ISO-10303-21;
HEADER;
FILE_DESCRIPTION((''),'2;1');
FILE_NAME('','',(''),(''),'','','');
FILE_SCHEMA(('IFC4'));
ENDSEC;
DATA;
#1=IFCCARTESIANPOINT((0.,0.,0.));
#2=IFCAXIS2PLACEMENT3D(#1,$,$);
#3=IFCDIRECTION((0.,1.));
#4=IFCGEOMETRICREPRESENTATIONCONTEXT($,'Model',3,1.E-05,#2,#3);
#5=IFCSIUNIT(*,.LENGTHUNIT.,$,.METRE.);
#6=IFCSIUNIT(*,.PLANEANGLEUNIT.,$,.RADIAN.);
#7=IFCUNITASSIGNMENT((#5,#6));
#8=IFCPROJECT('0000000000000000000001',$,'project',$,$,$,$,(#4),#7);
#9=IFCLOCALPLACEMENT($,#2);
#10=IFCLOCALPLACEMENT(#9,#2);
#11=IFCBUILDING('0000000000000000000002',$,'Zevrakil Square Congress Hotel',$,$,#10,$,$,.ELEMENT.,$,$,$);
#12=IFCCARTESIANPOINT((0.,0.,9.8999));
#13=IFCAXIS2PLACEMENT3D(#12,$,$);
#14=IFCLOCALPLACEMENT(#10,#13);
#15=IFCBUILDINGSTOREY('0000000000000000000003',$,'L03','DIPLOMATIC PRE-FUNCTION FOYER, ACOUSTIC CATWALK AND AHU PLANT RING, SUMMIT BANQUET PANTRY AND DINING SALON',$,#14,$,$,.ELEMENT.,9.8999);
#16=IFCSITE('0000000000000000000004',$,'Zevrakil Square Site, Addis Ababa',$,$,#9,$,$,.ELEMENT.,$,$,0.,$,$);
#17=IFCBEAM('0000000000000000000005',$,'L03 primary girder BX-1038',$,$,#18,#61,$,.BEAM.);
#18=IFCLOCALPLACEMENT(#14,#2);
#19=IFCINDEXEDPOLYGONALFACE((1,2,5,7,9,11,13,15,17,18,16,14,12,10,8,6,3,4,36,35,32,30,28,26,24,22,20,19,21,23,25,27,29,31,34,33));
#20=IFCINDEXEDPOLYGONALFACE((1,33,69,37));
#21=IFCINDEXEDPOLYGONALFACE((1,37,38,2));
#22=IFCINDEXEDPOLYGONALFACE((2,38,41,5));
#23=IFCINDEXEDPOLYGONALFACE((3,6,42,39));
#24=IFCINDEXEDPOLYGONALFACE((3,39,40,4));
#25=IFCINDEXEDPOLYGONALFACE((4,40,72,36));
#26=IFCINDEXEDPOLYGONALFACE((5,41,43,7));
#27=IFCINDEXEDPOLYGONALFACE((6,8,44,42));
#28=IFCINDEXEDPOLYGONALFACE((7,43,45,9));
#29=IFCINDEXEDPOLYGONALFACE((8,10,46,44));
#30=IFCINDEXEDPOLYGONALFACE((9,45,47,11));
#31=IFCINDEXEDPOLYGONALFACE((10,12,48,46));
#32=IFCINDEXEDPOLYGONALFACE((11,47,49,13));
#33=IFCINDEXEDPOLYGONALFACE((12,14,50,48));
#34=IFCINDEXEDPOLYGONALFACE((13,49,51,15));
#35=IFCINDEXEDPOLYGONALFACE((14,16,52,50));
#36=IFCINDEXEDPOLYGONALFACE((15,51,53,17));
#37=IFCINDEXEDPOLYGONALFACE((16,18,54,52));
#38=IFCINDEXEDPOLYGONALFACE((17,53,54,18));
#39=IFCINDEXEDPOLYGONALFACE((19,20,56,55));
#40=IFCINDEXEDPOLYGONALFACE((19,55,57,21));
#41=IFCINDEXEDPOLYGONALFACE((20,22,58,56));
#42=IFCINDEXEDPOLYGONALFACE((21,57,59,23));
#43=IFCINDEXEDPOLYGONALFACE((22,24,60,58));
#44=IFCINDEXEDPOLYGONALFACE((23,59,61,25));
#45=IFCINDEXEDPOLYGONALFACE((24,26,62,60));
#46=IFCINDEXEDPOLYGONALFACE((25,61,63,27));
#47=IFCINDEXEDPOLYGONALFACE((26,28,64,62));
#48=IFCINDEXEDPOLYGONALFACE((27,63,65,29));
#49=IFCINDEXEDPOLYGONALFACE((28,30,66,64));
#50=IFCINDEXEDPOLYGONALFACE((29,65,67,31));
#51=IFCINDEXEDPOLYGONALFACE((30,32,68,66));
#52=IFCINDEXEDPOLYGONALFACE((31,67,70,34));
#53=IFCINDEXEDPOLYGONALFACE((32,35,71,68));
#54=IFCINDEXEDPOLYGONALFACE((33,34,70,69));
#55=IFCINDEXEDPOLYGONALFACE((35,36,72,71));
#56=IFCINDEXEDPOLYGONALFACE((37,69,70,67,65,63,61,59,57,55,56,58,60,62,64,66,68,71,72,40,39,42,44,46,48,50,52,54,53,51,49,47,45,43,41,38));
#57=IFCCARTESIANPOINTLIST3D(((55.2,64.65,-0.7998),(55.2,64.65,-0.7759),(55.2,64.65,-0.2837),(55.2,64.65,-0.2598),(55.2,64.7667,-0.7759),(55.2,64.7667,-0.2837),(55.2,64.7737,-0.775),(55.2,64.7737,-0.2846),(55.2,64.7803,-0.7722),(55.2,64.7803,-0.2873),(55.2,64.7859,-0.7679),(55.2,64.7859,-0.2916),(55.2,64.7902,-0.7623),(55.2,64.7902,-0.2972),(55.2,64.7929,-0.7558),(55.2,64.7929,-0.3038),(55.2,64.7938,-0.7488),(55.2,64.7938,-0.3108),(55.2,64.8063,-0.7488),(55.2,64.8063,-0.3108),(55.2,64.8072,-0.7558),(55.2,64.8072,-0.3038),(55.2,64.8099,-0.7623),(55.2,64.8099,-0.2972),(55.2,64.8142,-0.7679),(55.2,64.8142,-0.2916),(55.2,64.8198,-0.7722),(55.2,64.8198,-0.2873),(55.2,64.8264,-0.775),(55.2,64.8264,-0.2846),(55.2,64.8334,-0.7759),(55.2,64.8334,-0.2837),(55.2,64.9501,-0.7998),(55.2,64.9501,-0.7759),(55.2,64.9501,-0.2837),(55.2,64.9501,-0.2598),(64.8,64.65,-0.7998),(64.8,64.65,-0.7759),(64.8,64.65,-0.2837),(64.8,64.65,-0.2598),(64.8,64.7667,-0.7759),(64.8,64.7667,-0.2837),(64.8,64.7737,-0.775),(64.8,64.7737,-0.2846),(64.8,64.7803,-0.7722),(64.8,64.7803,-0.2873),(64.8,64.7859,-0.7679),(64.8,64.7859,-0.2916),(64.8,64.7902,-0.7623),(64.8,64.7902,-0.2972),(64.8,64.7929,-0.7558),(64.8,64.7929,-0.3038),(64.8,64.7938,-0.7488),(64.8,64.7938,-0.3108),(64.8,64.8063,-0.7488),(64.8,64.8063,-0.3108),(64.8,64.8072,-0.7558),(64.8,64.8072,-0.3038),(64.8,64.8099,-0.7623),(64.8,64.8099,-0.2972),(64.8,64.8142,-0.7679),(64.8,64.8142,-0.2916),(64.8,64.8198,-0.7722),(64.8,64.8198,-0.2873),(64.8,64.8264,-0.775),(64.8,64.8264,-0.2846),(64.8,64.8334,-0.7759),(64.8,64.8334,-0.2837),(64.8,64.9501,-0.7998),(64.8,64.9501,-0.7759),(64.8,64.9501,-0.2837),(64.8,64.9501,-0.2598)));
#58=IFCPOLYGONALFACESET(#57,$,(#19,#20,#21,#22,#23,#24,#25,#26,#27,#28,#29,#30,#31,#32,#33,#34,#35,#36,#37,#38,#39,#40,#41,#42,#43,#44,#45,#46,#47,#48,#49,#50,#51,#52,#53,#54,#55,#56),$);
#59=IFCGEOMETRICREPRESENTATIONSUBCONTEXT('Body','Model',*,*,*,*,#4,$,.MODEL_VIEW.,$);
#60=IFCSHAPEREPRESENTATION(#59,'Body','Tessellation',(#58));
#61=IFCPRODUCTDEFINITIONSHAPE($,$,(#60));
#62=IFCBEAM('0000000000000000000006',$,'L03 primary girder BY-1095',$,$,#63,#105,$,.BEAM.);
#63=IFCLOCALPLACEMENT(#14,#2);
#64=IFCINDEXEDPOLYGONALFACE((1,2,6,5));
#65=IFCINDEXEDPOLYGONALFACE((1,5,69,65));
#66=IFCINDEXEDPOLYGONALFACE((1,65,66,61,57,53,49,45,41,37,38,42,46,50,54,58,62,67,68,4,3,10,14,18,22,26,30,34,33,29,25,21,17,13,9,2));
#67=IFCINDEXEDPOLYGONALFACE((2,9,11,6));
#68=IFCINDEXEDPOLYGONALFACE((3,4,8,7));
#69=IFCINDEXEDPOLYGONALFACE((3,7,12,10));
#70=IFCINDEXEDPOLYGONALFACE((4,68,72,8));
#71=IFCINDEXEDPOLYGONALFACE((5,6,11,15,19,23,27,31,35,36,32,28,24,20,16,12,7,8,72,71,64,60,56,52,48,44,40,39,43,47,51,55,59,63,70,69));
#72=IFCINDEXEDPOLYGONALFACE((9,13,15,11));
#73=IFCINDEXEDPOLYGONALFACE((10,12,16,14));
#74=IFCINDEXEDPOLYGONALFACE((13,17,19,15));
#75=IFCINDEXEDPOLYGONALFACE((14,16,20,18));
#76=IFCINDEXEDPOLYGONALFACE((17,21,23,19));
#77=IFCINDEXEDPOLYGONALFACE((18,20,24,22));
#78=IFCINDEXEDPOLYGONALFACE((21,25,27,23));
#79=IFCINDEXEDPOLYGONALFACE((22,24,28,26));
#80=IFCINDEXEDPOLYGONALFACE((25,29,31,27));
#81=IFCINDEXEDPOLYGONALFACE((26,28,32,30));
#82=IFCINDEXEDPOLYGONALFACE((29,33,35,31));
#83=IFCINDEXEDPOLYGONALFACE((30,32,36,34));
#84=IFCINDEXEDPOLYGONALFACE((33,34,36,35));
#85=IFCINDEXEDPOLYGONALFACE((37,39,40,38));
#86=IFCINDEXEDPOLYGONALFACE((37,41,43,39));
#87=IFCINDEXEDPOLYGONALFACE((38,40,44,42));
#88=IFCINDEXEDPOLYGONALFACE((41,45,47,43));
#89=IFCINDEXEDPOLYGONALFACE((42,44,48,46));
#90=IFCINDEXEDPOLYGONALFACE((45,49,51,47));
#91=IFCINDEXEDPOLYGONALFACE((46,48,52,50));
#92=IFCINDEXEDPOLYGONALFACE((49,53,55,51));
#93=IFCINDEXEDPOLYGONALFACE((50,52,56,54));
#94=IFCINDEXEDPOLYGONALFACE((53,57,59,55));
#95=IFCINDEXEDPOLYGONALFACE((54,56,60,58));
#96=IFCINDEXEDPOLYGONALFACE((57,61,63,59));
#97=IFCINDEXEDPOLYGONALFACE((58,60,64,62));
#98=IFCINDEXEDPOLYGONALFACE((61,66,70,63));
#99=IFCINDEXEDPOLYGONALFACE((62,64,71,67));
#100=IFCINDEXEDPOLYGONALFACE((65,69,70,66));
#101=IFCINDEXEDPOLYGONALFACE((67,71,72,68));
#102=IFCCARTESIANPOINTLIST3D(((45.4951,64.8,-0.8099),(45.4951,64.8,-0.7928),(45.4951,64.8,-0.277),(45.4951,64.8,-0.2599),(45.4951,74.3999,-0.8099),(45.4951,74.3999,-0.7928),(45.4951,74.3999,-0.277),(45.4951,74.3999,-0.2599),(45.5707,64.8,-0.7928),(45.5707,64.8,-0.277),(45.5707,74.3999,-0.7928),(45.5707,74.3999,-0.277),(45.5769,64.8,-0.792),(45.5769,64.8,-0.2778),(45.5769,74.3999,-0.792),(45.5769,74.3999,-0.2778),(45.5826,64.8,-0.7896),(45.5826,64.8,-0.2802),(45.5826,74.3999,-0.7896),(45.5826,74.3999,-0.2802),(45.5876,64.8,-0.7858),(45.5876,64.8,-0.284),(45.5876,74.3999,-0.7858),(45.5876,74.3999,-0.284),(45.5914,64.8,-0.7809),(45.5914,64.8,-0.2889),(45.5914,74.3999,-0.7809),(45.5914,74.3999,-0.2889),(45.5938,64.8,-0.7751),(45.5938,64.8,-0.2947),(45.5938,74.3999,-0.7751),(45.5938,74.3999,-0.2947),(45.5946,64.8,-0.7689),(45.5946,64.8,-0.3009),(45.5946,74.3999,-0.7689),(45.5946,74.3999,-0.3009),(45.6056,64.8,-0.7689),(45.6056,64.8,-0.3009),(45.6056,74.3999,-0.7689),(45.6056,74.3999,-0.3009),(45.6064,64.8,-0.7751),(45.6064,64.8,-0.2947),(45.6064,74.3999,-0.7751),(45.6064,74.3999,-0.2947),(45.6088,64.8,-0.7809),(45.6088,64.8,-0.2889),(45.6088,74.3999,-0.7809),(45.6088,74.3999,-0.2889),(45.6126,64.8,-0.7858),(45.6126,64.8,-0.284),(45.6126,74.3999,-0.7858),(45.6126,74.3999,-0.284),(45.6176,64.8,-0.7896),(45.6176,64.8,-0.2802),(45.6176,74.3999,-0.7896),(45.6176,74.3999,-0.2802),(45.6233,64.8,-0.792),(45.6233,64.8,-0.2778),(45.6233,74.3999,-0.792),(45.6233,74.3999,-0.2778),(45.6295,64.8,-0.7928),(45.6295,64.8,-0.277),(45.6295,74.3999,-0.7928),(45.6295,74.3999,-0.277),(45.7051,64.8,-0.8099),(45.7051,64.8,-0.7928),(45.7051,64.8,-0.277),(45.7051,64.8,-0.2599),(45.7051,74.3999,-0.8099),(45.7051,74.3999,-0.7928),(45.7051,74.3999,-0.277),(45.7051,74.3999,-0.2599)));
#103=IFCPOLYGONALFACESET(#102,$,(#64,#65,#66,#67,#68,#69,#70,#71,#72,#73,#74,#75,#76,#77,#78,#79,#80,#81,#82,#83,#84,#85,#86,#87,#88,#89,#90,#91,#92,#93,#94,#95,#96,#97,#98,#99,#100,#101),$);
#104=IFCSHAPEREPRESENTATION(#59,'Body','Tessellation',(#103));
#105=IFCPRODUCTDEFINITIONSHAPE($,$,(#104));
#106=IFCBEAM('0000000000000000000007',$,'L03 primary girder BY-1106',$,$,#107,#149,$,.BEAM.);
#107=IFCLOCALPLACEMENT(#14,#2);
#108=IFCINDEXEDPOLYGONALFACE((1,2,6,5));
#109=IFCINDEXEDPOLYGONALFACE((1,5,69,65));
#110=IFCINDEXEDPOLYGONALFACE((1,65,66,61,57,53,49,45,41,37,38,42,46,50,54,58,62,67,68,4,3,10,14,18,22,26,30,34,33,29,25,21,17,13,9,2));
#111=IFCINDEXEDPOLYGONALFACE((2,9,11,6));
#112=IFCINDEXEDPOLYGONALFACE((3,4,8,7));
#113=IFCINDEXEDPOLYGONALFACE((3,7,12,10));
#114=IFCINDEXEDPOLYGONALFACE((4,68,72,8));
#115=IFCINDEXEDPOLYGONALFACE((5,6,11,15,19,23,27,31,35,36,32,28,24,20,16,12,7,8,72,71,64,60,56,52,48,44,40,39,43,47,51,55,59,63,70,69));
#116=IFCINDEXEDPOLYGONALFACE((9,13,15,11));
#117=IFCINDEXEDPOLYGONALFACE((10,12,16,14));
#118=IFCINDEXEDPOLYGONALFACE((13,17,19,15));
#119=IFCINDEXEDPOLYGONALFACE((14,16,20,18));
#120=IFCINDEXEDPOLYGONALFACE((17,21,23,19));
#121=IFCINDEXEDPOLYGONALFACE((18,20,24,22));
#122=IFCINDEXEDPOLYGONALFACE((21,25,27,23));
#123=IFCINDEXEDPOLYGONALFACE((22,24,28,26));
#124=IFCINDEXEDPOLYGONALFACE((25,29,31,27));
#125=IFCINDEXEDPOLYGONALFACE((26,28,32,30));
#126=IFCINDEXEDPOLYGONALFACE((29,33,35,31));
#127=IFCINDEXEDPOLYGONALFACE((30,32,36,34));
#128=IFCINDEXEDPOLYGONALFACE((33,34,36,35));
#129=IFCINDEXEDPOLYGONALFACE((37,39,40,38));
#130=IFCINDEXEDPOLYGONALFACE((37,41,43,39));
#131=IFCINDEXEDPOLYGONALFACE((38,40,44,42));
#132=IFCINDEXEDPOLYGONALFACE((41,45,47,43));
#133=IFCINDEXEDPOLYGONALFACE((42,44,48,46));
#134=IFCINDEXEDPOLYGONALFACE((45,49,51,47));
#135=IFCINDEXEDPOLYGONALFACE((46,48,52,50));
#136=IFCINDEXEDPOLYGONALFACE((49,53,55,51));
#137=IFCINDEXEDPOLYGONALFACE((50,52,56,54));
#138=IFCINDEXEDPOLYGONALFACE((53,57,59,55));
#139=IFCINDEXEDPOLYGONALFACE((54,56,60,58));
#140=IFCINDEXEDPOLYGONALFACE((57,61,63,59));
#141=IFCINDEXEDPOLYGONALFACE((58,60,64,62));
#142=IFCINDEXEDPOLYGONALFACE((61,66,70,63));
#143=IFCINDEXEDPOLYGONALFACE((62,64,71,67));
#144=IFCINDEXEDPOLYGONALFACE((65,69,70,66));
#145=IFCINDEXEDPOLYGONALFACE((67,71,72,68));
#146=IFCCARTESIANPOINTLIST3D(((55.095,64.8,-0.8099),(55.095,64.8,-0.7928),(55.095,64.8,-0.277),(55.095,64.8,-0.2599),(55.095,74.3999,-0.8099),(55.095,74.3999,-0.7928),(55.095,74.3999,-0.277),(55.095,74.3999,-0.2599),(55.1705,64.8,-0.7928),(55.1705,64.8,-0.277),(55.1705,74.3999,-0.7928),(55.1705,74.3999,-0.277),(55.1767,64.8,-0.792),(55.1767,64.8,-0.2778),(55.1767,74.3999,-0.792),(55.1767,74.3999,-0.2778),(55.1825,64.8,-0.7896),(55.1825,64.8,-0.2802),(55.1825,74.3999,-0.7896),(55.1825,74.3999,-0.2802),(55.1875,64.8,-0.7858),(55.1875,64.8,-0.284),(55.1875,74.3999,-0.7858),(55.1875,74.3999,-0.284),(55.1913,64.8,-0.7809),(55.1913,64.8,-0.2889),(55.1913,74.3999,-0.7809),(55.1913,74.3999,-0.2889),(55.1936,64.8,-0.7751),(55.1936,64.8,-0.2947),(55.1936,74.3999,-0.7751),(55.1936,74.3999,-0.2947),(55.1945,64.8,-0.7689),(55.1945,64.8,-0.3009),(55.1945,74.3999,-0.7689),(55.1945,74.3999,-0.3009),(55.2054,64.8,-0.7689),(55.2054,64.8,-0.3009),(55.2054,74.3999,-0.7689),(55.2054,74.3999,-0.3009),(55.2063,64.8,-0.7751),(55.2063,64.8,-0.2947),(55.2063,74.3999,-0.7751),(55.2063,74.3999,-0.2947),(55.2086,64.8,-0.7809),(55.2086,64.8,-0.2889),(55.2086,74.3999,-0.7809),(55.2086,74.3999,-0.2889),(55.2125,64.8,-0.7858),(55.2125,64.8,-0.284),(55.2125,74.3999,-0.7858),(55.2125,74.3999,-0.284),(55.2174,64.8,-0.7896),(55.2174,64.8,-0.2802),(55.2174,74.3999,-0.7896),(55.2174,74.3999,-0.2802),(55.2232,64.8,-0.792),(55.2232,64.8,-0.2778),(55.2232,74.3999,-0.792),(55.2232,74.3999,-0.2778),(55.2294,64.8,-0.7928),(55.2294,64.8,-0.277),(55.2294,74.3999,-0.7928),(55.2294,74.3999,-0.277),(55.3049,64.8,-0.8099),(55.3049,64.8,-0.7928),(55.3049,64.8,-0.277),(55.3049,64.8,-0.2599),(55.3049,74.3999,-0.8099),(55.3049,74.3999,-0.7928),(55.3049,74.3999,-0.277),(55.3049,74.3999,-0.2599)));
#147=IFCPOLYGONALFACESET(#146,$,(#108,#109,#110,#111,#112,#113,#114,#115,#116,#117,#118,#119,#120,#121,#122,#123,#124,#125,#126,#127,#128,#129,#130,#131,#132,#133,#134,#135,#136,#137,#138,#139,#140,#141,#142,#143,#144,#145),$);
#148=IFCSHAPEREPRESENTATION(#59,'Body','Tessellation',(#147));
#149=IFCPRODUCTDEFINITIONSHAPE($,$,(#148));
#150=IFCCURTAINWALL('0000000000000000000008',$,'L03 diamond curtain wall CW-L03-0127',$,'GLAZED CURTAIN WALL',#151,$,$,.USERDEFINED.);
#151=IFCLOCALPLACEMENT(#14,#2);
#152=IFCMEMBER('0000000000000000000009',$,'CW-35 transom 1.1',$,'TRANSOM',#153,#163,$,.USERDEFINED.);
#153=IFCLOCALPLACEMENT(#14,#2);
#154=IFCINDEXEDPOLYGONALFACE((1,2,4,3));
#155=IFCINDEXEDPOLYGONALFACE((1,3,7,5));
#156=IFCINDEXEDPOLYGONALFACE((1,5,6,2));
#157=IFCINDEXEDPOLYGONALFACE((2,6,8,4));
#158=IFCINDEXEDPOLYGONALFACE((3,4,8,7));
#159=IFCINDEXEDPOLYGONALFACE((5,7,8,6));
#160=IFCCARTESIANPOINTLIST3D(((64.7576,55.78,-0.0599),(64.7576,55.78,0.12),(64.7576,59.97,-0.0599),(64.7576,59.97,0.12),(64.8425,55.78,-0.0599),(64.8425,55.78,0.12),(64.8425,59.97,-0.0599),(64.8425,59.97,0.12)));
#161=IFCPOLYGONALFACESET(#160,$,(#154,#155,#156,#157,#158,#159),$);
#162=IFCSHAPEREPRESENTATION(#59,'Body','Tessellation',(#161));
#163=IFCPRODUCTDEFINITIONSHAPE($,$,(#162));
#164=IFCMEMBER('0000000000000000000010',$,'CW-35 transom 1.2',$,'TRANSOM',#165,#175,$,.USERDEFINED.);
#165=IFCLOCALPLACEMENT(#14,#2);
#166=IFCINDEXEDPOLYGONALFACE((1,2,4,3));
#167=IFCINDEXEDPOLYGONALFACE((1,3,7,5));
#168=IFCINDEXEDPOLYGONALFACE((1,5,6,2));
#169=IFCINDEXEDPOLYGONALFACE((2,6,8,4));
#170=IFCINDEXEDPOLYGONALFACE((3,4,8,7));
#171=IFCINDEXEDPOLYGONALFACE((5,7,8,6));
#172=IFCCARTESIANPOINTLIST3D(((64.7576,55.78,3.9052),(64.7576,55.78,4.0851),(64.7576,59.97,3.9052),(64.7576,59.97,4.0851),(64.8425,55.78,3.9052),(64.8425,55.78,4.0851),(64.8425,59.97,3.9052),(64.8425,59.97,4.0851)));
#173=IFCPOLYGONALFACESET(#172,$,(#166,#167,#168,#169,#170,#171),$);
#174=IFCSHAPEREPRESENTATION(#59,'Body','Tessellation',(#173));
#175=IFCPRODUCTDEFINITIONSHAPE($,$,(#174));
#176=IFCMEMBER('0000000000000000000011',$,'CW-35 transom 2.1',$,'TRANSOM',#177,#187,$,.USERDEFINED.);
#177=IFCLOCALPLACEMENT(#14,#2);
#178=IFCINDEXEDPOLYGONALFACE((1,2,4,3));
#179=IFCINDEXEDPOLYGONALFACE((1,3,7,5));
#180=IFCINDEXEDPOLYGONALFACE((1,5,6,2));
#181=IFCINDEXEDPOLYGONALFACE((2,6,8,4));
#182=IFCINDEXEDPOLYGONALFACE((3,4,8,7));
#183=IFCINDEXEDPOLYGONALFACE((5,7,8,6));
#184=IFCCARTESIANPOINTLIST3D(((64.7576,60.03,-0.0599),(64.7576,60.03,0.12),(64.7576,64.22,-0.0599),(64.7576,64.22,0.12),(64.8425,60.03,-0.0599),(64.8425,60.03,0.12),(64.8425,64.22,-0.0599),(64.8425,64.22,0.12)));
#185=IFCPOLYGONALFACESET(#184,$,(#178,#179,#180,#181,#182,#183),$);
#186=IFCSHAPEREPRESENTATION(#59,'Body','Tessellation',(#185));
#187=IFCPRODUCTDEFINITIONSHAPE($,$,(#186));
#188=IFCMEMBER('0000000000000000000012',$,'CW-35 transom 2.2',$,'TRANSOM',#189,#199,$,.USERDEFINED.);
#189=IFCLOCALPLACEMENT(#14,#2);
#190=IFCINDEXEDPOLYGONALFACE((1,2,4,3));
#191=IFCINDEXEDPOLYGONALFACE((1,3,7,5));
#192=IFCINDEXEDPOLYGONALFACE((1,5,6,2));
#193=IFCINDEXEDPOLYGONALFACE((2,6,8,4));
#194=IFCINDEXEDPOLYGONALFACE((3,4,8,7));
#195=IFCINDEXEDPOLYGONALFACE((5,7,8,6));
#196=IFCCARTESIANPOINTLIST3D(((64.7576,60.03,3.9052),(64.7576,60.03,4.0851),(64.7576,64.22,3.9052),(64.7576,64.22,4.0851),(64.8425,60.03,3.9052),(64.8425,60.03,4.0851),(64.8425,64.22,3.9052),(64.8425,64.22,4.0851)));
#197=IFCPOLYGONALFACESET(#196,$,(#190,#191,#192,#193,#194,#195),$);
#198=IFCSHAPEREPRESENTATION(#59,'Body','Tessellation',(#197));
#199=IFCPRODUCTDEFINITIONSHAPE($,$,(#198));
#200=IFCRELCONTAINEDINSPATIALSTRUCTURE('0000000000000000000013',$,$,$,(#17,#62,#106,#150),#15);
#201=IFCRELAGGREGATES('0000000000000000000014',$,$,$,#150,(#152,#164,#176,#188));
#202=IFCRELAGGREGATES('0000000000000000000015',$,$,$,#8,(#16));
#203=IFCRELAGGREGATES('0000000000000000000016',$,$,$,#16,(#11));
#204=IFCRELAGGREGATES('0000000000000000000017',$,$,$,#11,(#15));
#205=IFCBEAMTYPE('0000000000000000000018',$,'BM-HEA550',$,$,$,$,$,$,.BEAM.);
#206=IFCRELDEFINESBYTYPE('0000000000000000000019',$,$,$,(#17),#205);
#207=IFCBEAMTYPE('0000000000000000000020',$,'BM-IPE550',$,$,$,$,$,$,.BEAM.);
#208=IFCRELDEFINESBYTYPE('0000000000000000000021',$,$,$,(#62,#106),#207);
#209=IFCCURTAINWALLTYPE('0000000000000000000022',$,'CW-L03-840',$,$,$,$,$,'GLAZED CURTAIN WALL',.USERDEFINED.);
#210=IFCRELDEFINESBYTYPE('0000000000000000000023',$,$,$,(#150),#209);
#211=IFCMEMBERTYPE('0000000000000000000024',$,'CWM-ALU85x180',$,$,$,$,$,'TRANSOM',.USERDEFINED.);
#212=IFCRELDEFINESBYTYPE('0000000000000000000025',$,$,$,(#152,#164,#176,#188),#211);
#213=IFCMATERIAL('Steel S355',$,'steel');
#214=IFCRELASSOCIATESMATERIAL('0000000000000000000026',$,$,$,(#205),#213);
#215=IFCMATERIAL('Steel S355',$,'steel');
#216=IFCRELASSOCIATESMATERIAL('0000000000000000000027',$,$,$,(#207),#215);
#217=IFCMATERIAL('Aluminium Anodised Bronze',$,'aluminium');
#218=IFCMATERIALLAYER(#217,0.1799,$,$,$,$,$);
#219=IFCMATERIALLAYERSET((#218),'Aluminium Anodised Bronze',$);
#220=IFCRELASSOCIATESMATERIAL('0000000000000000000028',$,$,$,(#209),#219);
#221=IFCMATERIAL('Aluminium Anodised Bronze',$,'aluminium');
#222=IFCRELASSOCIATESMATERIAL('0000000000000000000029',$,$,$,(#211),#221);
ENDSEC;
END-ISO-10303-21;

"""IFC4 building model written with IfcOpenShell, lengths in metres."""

from ifc_helpers import new_model, si_unit, direction, frame, origin, origin_2d, place, context, subcontext, project, spatial, rectangle, i_section, extrude, material, layer, layer_set, material_profile, profile_set, type_object, element, aggregate, save


model = new_model("IFC4")

# Units and contexts
model_context = context("Model", 3, precision=1e-05, world=origin(), true_north=direction((0.0, 1.0)))
body_context = subcontext(model_context, "Body", "Model", "MODEL_VIEW")
ifc_project = project(units=[si_unit("LENGTHUNIT", "METRE"), si_unit("PLANEANGLEUNIT", "RADIAN")], contexts=[model_context])

# Site, building, storey
site_placement = place(None, origin())
site = spatial("IfcSite", under=ifc_project, at=site_placement, Name="Zevrakil Square Site, Addis Ababa", CompositionType="ELEMENT", RefElevation=0.0)
building_placement = place(site_placement, origin())
building = spatial("IfcBuilding", under=site, at=building_placement, Name="Zevrakil Square Congress Hotel", CompositionType="ELEMENT")
storey_placement = place(building_placement, frame((0.0, 0.0, 9.8999)))
storey = spatial("IfcBuildingStorey", under=building, at=storey_placement, Name="L03", Description="DIPLOMATIC PRE-FUNCTION FOYER, ACOUSTIC CATWALK AND AHU PLANT RING, SUMMIT BANQUET PANTRY AND DINING SALON", CompositionType="ELEMENT", Elevation=9.8999)

# Beams
ifc_material_1 = material(Name="Steel S355", Category="steel")
ifc_material_profile_1 = material_profile(ifc_material_1, i_section(OverallWidth=0.3, OverallDepth=0.54, WebThickness=0.0125, FlangeThickness=0.0239, FilletRadius=0.0271, at=origin_2d()), Name="HEA 550")
ifc_profile_set_1 = profile_set([ifc_material_profile_1], Name="Steel S355")
beam_type_1 = type_object("IfcBeamType", Name="BM-HEA550", PredefinedType="BEAM", material=ifc_profile_set_1)
beam_1_placement = place(storey_placement, frame((55.2, 64.8, -0.5298), z_axis=(1.0, 0.0, 0.0), x_axis=(0.0, 1.0, 0.0)))
element("IfcBeam", 1, at=beam_1_placement, inside=storey, type_object=beam_type_1, Name="L03 primary girder BX-1038", PredefinedType="BEAM", context=body_context, shape_type="SweptSolid", body=[
    extrude(i_section(OverallWidth=0.3, OverallDepth=0.54, WebThickness=0.0125, FlangeThickness=0.0239, FilletRadius=0.0271, at=origin_2d()), origin(), (0.0, 0.0, 1.0), 9.6001),
])
ifc_material_2 = material(Name="Steel S355", Category="steel")
ifc_material_profile_2 = material_profile(ifc_material_2, i_section(OverallWidth=0.21, OverallDepth=0.55, WebThickness=0.011, FlangeThickness=0.0171, FilletRadius=0.0239, at=origin_2d()), Name="IPE 550")
ifc_profile_set_2 = profile_set([ifc_material_profile_2], Name="Steel S355")
beam_type_2 = type_object("IfcBeamType", Name="BM-IPE550", PredefinedType="BEAM", material=ifc_profile_set_2)
for number, where, z_axis, x_axis, name in (
    (2, (45.6001, 64.8, -0.5349), (0.0, 1.0, 0.0), (-1.0, 0.0, 0.0), "L03 primary girder BY-1095"),
    (3, (55.2, 64.8, -0.5349), (0.0, 1.0, 0.0), (-1.0, 0.0, 0.0), "L03 primary girder BY-1106"),
):
    element("IfcBeam", number, at=place(storey_placement, frame(where, z_axis=z_axis, x_axis=x_axis)), inside=storey, type_object=beam_type_2, Name=name, PredefinedType="BEAM", context=body_context, shape_type="SweptSolid", body=[
        extrude(i_section(OverallWidth=0.21, OverallDepth=0.55, WebThickness=0.011, FlangeThickness=0.0171, FilletRadius=0.0239, at=origin_2d()), origin(), (0.0, 0.0, 1.0), 9.5999),
    ])

# Curtain wall, members
ifc_material_3 = material(Name="Aluminium Anodised Bronze", Category="aluminium")
ifc_layer_1 = layer(ifc_material_3, 0.1799)
ifc_layer_set_1 = layer_set([ifc_layer_1], Name="Aluminium Anodised Bronze")
curtain_wall_type = type_object("IfcCurtainWallType", Name="CW-L03-840", ElementType="GLAZED CURTAIN WALL", PredefinedType="USERDEFINED", material=ifc_layer_set_1)
curtain_wall_placement = place(storey_placement, origin())
curtain_wall = element("IfcCurtainWall", 4, at=curtain_wall_placement, inside=storey, type_object=curtain_wall_type, Name="L03 diamond curtain wall CW-L03-0127", ObjectType="GLAZED CURTAIN WALL", PredefinedType="USERDEFINED")
ifc_material_4 = material(Name="Aluminium Anodised Bronze", Category="aluminium")
ifc_material_profile_3 = material_profile(ifc_material_4, rectangle(XDim=0.085, YDim=0.1799, at=origin_2d()), Name="ALU 85x180")
ifc_profile_set_3 = profile_set([ifc_material_profile_3], Name="Aluminium Anodised Bronze")
member_type_1 = type_object("IfcMemberType", Name="CWM-ALU85x180", ElementType="TRANSOM", PredefinedType="USERDEFINED", material=ifc_profile_set_3)
member_1_placement = place(storey_placement, frame((64.8, 55.78, 0.03), z_axis=(0.0, 1.0, 0.0), x_axis=(-1.0, 0.0, 0.0)))
member_1 = element("IfcMember", 5, at=member_1_placement, type_object=member_type_1, Name="CW-35 transom 1.1", ObjectType="TRANSOM", PredefinedType="USERDEFINED", context=body_context, shape_type="SweptSolid", body=[
    extrude(rectangle(XDim=0.085, YDim=0.1799, at=origin_2d()), origin(), (0.0, 0.0, 1.0), 4.1899),
])
member_2_placement = place(storey_placement, frame((64.8, 55.78, 3.9951), z_axis=(0.0, 1.0, 0.0), x_axis=(-1.0, 0.0, 0.0)))
member_2 = element("IfcMember", 6, at=member_2_placement, type_object=member_type_1, Name="CW-35 transom 1.2", ObjectType="TRANSOM", PredefinedType="USERDEFINED", context=body_context, shape_type="SweptSolid", body=[
    extrude(rectangle(XDim=0.085, YDim=0.1799, at=origin_2d()), origin(), (0.0, 0.0, 1.0), 4.1899),
])
member_3_placement = place(storey_placement, frame((64.8, 60.03, 0.03), z_axis=(0.0, 1.0, 0.0), x_axis=(-1.0, 0.0, 0.0)))
member_3 = element("IfcMember", 7, at=member_3_placement, type_object=member_type_1, Name="CW-35 transom 2.1", ObjectType="TRANSOM", PredefinedType="USERDEFINED", context=body_context, shape_type="SweptSolid", body=[
    extrude(rectangle(XDim=0.085, YDim=0.1799, at=origin_2d()), origin(), (0.0, 0.0, 1.0), 4.1899),
])
member_4_placement = place(storey_placement, frame((64.8, 60.03, 3.9951), z_axis=(0.0, 1.0, 0.0), x_axis=(-1.0, 0.0, 0.0)))
member_4 = element("IfcMember", 8, at=member_4_placement, type_object=member_type_1, Name="CW-35 transom 2.2", ObjectType="TRANSOM", PredefinedType="USERDEFINED", context=body_context, shape_type="SweptSolid", body=[
    extrude(rectangle(XDim=0.085, YDim=0.1799, at=origin_2d()), origin(), (0.0, 0.0, 1.0), 4.1899),
])
aggregate(curtain_wall, [member_1, member_2, member_3, member_4])

save(model, "model.ifc")
